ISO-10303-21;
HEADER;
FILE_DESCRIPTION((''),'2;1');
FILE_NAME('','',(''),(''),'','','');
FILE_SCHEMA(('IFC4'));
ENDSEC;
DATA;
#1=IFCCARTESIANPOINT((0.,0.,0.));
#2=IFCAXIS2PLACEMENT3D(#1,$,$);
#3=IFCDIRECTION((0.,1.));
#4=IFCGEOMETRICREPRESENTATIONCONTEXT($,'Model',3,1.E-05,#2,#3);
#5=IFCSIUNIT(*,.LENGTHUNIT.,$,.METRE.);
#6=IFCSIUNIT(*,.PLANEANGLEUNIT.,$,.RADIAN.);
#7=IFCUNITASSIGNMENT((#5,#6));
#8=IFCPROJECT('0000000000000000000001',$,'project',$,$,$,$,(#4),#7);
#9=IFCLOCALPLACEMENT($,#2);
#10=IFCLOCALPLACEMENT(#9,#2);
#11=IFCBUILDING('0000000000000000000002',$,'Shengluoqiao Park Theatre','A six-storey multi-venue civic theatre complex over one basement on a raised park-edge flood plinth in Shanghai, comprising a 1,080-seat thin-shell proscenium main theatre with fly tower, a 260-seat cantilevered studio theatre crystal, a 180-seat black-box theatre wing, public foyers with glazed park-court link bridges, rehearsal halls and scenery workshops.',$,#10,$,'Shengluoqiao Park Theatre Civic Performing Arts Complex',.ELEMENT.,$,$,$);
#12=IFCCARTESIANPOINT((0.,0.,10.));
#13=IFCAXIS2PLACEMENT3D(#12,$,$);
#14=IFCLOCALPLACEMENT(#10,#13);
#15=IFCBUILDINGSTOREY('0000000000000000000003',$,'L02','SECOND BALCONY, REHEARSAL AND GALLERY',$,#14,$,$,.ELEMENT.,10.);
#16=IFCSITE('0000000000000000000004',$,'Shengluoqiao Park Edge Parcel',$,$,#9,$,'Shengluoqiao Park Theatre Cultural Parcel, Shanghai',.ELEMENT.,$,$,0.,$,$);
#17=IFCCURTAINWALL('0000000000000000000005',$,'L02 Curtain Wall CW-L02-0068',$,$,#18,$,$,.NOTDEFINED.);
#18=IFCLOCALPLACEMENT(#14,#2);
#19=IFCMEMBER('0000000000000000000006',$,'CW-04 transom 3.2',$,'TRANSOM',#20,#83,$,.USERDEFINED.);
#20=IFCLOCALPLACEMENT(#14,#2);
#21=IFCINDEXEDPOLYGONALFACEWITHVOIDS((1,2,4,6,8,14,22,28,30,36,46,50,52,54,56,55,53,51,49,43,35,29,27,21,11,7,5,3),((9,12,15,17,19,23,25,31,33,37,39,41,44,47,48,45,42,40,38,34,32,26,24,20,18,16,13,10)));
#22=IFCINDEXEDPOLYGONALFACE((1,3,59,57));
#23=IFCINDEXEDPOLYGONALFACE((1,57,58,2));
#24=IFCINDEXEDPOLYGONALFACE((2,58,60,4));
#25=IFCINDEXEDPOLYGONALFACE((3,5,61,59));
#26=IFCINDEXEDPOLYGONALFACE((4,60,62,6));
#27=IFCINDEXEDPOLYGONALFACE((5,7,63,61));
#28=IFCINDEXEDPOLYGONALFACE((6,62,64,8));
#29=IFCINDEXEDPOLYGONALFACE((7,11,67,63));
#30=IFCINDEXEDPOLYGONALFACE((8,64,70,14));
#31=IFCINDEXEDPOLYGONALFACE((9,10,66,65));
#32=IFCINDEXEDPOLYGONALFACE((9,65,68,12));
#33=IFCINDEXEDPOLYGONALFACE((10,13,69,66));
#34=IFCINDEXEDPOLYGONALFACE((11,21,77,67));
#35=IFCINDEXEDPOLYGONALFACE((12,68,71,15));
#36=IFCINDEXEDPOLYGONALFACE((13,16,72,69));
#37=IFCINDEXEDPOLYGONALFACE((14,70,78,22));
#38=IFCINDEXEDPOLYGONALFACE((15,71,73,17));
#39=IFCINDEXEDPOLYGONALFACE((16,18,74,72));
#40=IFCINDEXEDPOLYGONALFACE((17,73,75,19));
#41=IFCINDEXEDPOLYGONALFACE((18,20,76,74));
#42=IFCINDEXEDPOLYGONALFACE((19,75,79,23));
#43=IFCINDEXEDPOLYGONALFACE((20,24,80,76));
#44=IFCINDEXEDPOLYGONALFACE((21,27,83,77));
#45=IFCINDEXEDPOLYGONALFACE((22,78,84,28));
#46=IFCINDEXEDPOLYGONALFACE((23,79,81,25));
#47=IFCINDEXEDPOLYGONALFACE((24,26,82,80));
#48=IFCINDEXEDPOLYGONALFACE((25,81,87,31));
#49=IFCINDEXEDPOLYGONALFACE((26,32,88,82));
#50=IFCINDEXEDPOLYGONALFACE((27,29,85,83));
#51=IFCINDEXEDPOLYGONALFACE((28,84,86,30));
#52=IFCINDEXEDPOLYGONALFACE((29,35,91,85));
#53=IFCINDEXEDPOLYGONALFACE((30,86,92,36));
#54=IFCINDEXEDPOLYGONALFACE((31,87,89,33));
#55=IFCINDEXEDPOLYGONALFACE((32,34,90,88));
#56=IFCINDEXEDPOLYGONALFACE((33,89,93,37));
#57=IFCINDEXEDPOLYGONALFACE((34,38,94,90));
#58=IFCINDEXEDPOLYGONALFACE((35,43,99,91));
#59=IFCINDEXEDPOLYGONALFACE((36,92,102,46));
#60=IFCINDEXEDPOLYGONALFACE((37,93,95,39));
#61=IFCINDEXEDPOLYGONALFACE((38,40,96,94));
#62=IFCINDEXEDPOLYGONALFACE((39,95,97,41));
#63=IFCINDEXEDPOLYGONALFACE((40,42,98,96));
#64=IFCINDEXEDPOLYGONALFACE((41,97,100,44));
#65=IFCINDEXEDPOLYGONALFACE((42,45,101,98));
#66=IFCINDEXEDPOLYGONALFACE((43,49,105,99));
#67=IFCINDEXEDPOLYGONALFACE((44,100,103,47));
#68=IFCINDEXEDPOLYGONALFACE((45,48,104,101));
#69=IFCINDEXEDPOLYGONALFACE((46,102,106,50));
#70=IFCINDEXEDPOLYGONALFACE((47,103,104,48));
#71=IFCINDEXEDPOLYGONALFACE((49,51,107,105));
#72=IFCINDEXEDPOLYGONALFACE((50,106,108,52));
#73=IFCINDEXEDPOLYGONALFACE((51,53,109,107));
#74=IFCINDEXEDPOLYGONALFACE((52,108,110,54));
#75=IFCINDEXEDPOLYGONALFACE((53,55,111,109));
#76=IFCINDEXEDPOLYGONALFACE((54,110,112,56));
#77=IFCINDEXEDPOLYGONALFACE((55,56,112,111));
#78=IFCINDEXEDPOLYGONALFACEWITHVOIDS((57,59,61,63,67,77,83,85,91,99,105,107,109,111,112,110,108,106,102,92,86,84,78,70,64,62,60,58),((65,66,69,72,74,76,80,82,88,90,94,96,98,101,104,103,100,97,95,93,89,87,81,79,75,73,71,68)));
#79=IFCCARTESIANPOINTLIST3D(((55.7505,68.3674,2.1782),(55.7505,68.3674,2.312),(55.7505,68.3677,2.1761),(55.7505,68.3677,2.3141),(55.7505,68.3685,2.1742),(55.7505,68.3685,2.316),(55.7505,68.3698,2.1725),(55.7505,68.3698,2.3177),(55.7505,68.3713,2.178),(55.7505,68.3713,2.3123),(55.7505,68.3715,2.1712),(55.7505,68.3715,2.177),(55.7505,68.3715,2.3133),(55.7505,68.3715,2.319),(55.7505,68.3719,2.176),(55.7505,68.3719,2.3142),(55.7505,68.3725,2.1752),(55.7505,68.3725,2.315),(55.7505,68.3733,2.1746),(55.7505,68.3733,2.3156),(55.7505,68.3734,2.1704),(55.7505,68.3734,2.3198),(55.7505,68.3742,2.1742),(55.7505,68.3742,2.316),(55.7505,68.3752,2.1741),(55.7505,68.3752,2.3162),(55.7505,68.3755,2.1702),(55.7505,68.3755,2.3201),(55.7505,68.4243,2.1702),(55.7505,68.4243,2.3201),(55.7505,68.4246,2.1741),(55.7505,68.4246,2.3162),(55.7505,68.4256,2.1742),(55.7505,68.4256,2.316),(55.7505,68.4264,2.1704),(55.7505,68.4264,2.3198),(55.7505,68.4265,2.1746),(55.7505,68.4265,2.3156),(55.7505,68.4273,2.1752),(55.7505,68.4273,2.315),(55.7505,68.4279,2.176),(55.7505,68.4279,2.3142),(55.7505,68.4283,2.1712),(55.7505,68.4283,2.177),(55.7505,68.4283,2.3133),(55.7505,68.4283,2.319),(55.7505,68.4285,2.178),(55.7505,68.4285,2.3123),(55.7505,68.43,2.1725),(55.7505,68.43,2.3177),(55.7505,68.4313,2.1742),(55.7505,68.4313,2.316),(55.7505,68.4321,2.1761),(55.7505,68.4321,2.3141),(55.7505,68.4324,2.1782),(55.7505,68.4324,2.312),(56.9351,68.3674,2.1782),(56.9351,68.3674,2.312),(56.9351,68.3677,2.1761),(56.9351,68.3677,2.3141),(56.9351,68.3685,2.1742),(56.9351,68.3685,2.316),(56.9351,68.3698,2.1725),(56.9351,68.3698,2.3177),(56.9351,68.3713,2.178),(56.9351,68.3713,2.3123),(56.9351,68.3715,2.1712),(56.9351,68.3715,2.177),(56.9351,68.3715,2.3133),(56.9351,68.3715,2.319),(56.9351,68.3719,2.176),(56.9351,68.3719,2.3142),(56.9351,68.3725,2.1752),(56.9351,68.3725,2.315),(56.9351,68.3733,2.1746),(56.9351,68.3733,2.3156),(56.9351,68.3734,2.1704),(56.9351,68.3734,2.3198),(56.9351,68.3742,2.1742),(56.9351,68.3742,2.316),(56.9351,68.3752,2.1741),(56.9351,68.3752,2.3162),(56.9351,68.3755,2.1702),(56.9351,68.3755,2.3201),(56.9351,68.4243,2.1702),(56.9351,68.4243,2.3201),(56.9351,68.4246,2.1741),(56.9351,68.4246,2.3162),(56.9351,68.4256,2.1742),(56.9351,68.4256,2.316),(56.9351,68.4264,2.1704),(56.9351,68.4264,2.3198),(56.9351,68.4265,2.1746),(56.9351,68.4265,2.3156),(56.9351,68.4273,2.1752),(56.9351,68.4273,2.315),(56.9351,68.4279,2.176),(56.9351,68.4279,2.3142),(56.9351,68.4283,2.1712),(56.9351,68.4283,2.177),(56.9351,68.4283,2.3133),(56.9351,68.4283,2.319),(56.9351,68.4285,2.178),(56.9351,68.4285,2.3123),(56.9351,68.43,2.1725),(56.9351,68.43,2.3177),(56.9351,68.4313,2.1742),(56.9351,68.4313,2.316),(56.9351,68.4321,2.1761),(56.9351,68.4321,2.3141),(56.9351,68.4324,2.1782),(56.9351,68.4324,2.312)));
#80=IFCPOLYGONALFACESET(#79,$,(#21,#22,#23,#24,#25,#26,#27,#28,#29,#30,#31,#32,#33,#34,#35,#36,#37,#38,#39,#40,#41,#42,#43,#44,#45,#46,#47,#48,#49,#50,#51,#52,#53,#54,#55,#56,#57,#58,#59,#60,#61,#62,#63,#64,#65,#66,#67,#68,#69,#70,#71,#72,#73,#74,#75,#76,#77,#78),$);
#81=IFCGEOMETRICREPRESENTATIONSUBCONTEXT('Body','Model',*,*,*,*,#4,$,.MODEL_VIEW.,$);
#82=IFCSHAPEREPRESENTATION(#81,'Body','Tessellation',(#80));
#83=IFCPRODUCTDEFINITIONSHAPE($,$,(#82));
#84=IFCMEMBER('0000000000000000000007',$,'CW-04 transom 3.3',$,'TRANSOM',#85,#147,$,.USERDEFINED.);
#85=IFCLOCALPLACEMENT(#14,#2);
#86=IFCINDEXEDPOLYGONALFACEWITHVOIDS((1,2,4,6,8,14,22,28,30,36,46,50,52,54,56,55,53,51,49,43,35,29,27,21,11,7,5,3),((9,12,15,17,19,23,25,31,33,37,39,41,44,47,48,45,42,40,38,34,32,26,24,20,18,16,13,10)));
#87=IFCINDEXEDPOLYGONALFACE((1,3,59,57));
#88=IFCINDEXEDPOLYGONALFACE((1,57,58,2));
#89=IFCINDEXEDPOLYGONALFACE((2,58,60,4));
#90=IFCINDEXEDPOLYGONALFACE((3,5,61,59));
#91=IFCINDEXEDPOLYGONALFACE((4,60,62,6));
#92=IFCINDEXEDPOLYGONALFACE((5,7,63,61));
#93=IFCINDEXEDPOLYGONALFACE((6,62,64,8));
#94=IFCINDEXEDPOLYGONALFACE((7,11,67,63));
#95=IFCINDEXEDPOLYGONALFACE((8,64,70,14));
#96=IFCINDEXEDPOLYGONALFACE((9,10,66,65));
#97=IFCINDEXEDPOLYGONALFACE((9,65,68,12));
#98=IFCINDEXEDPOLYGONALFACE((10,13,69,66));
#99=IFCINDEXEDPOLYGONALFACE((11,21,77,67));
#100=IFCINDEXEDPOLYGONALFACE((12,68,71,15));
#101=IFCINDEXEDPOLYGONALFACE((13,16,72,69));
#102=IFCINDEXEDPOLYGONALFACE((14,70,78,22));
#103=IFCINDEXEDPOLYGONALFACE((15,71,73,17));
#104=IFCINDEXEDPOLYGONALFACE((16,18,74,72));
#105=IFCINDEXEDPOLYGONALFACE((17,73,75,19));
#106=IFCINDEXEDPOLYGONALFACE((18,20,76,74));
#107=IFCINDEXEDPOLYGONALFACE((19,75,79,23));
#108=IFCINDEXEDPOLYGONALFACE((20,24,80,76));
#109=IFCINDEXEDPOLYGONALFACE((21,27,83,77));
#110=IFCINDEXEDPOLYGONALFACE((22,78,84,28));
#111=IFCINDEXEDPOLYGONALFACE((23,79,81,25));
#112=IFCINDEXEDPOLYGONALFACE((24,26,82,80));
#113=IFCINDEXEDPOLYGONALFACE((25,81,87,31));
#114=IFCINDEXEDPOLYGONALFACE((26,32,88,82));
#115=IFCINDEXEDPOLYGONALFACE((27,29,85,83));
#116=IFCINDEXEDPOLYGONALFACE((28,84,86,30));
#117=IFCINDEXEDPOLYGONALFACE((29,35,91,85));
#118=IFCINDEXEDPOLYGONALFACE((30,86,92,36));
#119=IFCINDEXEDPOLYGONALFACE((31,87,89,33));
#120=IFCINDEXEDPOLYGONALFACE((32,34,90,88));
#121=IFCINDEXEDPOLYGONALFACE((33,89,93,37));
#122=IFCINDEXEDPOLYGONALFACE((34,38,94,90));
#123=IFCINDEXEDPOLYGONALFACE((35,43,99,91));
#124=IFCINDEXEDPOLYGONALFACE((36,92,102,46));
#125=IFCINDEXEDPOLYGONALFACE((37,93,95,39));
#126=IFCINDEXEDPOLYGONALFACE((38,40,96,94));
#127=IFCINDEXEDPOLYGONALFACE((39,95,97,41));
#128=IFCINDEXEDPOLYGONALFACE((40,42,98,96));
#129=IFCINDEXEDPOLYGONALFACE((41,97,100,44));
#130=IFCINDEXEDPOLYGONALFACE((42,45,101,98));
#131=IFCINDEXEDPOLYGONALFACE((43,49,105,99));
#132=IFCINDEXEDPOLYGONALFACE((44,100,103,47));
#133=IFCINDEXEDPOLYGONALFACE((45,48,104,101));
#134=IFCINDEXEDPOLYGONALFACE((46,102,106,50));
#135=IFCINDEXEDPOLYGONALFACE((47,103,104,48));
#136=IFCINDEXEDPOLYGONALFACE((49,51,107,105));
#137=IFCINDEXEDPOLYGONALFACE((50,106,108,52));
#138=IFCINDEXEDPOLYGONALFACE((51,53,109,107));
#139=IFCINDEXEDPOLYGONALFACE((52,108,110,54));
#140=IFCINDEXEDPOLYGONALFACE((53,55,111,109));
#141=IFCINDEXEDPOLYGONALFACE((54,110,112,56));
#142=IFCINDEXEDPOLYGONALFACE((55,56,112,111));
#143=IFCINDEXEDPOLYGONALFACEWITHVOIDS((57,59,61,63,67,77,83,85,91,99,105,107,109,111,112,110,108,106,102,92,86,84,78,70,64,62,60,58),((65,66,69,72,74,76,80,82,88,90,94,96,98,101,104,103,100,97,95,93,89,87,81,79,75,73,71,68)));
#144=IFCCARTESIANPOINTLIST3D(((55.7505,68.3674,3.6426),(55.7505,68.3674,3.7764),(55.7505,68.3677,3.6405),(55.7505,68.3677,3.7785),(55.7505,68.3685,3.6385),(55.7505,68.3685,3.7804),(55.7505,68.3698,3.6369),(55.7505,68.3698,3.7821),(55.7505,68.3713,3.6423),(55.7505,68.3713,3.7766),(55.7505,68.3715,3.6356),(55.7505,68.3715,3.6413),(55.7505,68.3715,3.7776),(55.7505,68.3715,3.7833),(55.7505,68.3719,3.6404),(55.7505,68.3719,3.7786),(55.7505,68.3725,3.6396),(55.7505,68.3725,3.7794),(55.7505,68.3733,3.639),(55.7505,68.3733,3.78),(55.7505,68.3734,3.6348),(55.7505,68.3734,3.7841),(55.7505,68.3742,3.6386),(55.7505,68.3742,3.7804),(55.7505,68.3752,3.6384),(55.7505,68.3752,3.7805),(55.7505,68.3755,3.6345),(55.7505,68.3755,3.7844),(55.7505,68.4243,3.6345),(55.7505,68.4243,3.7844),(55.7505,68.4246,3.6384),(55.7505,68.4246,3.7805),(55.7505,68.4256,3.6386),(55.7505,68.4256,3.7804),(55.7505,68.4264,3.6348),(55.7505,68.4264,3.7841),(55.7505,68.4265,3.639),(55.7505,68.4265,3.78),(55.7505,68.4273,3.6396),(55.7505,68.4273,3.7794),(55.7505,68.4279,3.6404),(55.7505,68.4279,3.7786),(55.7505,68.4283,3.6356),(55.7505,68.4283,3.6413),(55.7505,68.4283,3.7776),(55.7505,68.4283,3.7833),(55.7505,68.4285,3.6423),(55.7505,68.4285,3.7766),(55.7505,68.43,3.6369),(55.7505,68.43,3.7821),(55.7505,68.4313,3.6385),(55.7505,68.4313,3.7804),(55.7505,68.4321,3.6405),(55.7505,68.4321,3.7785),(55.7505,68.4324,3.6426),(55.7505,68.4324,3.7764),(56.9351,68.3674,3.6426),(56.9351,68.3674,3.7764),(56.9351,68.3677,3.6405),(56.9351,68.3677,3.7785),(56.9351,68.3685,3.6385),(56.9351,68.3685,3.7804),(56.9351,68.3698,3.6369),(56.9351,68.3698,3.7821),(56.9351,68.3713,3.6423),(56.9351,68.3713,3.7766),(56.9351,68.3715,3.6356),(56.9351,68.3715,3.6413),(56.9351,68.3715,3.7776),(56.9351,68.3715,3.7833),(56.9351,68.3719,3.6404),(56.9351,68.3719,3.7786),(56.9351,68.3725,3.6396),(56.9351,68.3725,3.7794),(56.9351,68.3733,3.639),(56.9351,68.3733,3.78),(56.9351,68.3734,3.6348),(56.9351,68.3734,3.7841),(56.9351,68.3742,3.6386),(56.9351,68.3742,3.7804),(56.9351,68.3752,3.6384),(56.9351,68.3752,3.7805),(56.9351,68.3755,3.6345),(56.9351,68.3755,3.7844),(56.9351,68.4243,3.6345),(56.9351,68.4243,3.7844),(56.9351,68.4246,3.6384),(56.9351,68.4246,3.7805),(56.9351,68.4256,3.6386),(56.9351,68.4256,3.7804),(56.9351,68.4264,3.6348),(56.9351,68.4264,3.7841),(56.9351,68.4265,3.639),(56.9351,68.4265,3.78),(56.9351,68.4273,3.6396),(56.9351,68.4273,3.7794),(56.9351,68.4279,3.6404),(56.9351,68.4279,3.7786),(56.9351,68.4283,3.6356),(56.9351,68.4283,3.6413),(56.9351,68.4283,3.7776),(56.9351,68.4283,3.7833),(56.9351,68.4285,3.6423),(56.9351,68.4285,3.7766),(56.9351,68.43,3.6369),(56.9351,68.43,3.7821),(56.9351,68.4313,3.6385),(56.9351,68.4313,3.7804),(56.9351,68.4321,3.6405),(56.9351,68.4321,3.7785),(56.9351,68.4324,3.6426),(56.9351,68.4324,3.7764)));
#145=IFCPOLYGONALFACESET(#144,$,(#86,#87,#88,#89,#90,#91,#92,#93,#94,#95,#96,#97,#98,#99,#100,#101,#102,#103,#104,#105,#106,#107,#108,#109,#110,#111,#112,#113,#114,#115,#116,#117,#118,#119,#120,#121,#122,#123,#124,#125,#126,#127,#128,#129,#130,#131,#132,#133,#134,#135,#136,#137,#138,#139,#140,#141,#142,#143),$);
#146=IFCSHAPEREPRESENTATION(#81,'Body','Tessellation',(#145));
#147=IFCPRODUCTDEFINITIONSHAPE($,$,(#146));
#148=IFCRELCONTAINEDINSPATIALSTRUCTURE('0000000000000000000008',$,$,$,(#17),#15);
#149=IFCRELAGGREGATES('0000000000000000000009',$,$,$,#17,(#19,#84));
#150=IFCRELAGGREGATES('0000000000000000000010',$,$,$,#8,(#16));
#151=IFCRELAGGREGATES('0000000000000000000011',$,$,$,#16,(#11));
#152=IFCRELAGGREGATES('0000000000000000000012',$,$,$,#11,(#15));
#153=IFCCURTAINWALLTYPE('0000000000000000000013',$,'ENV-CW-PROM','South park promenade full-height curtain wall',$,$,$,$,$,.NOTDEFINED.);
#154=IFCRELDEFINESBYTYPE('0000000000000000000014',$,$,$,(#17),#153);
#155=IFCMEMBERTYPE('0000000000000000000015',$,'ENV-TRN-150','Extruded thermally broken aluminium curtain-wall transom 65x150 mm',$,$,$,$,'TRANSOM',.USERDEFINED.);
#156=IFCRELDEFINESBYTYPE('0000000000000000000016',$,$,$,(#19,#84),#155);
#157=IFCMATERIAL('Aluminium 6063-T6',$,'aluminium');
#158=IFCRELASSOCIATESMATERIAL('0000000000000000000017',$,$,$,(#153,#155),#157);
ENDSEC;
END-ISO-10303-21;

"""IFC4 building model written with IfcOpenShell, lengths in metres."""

from ifc_helpers import new_model, si_unit, direction, frame, origin, origin_2d, place, context, subcontext, project, spatial, hollow_rectangle, extrude, material, material_profile, profile_set, type_object, element, aggregate, save


model = new_model("IFC4")

# Units and contexts
model_context = context("Model", 3, precision=1e-05, world=origin(), true_north=direction((0.0, 1.0)))
body_context = subcontext(model_context, "Body", "Model", "MODEL_VIEW")
ifc_project = project(units=[si_unit("LENGTHUNIT", "METRE"), si_unit("PLANEANGLEUNIT", "RADIAN")], contexts=[model_context])

# Site, building, storey
site_placement = place(None, origin())
site = spatial("IfcSite", under=ifc_project, at=site_placement, Name="Shengluoqiao Park Edge Parcel", LongName="Shengluoqiao Park Theatre Cultural Parcel, Shanghai", CompositionType="ELEMENT", RefElevation=0.0)
building_placement = place(site_placement, origin())
building = spatial("IfcBuilding", under=site, at=building_placement, Name="Shengluoqiao Park Theatre", Description="A six-storey multi-venue civic theatre complex over one basement on a raised park-edge flood plinth in Shanghai, comprising a 1,080-seat thin-shell proscenium main theatre with fly tower, a 260-seat cantilevered studio theatre crystal, a 180-seat black-box theatre wing, public foyers with glazed park-court link bridges, rehearsal halls and scenery workshops.", LongName="Shengluoqiao Park Theatre Civic Performing Arts Complex", CompositionType="ELEMENT")
storey_placement = place(building_placement, frame((0.0, 0.0, 10.0)))
storey = spatial("IfcBuildingStorey", under=building, at=storey_placement, Name="L02", Description="SECOND BALCONY, REHEARSAL AND GALLERY", CompositionType="ELEMENT", Elevation=10.0)

# Curtain wall
ifc_material_1 = material(Name="Aluminium 6063-T6", Category="aluminium")
curtain_wall_type = type_object("IfcCurtainWallType", Name="ENV-CW-PROM", Description="South park promenade full-height curtain wall", PredefinedType="NOTDEFINED", material=ifc_material_1)
curtain_wall_1_placement = place(storey_placement, origin())
curtain_wall_1 = element("IfcCurtainWall", 1, at=curtain_wall_1_placement, inside=storey, type_object=curtain_wall_type, Name="L02 Curtain Wall CW-L02-0068", PredefinedType="NOTDEFINED")

# Members
ifc_material_profile_1 = material_profile(ifc_material_1, hollow_rectangle(XDim=0.0649, YDim=0.1499, WallThickness=0.0039, InnerFilletRadius=0.0039, OuterFilletRadius=0.0081, at=origin_2d()), Name="ALU TRANSOM 150x65x4")
ifc_profile_set_1 = profile_set([ifc_material_profile_1], Name="Aluminium 6063-T6")
member_type_1 = type_object("IfcMemberType", Name="ENV-TRN-150", Description="Extruded thermally broken aluminium curtain-wall transom 65x150 mm", ElementType="TRANSOM", PredefinedType="USERDEFINED", material=ifc_profile_set_1)
member_1_placement = place(storey_placement, frame((55.7505, 68.3999, 2.2451), z_axis=(1.0, 0.0, 0.0), x_axis=(0.0, 1.0, 0.0)))
member_1 = element("IfcMember", 2, at=member_1_placement, type_object=member_type_1, Name="CW-04 transom 3.2", ObjectType="TRANSOM", PredefinedType="USERDEFINED", context=body_context, shape_type="SweptSolid", body=[
    extrude(hollow_rectangle(XDim=0.0649, YDim=0.1499, WallThickness=0.0039, InnerFilletRadius=0.0039, OuterFilletRadius=0.0081, at=origin_2d()), origin(), (0.0, 0.0, 1.0), 1.1846),
])
member_2_placement = place(storey_placement, frame((55.7505, 68.3999, 3.7095), z_axis=(1.0, 0.0, 0.0), x_axis=(0.0, 1.0, 0.0)))
member_2 = element("IfcMember", 3, at=member_2_placement, type_object=member_type_1, Name="CW-04 transom 3.3", ObjectType="TRANSOM", PredefinedType="USERDEFINED", context=body_context, shape_type="SweptSolid", body=[
    extrude(hollow_rectangle(XDim=0.0649, YDim=0.1499, WallThickness=0.0039, InnerFilletRadius=0.0039, OuterFilletRadius=0.0081, at=origin_2d()), origin(), (0.0, 0.0, 1.0), 1.1846),
])

aggregate(curtain_wall_1, [member_1, member_2])

save(model, "model.ifc")
